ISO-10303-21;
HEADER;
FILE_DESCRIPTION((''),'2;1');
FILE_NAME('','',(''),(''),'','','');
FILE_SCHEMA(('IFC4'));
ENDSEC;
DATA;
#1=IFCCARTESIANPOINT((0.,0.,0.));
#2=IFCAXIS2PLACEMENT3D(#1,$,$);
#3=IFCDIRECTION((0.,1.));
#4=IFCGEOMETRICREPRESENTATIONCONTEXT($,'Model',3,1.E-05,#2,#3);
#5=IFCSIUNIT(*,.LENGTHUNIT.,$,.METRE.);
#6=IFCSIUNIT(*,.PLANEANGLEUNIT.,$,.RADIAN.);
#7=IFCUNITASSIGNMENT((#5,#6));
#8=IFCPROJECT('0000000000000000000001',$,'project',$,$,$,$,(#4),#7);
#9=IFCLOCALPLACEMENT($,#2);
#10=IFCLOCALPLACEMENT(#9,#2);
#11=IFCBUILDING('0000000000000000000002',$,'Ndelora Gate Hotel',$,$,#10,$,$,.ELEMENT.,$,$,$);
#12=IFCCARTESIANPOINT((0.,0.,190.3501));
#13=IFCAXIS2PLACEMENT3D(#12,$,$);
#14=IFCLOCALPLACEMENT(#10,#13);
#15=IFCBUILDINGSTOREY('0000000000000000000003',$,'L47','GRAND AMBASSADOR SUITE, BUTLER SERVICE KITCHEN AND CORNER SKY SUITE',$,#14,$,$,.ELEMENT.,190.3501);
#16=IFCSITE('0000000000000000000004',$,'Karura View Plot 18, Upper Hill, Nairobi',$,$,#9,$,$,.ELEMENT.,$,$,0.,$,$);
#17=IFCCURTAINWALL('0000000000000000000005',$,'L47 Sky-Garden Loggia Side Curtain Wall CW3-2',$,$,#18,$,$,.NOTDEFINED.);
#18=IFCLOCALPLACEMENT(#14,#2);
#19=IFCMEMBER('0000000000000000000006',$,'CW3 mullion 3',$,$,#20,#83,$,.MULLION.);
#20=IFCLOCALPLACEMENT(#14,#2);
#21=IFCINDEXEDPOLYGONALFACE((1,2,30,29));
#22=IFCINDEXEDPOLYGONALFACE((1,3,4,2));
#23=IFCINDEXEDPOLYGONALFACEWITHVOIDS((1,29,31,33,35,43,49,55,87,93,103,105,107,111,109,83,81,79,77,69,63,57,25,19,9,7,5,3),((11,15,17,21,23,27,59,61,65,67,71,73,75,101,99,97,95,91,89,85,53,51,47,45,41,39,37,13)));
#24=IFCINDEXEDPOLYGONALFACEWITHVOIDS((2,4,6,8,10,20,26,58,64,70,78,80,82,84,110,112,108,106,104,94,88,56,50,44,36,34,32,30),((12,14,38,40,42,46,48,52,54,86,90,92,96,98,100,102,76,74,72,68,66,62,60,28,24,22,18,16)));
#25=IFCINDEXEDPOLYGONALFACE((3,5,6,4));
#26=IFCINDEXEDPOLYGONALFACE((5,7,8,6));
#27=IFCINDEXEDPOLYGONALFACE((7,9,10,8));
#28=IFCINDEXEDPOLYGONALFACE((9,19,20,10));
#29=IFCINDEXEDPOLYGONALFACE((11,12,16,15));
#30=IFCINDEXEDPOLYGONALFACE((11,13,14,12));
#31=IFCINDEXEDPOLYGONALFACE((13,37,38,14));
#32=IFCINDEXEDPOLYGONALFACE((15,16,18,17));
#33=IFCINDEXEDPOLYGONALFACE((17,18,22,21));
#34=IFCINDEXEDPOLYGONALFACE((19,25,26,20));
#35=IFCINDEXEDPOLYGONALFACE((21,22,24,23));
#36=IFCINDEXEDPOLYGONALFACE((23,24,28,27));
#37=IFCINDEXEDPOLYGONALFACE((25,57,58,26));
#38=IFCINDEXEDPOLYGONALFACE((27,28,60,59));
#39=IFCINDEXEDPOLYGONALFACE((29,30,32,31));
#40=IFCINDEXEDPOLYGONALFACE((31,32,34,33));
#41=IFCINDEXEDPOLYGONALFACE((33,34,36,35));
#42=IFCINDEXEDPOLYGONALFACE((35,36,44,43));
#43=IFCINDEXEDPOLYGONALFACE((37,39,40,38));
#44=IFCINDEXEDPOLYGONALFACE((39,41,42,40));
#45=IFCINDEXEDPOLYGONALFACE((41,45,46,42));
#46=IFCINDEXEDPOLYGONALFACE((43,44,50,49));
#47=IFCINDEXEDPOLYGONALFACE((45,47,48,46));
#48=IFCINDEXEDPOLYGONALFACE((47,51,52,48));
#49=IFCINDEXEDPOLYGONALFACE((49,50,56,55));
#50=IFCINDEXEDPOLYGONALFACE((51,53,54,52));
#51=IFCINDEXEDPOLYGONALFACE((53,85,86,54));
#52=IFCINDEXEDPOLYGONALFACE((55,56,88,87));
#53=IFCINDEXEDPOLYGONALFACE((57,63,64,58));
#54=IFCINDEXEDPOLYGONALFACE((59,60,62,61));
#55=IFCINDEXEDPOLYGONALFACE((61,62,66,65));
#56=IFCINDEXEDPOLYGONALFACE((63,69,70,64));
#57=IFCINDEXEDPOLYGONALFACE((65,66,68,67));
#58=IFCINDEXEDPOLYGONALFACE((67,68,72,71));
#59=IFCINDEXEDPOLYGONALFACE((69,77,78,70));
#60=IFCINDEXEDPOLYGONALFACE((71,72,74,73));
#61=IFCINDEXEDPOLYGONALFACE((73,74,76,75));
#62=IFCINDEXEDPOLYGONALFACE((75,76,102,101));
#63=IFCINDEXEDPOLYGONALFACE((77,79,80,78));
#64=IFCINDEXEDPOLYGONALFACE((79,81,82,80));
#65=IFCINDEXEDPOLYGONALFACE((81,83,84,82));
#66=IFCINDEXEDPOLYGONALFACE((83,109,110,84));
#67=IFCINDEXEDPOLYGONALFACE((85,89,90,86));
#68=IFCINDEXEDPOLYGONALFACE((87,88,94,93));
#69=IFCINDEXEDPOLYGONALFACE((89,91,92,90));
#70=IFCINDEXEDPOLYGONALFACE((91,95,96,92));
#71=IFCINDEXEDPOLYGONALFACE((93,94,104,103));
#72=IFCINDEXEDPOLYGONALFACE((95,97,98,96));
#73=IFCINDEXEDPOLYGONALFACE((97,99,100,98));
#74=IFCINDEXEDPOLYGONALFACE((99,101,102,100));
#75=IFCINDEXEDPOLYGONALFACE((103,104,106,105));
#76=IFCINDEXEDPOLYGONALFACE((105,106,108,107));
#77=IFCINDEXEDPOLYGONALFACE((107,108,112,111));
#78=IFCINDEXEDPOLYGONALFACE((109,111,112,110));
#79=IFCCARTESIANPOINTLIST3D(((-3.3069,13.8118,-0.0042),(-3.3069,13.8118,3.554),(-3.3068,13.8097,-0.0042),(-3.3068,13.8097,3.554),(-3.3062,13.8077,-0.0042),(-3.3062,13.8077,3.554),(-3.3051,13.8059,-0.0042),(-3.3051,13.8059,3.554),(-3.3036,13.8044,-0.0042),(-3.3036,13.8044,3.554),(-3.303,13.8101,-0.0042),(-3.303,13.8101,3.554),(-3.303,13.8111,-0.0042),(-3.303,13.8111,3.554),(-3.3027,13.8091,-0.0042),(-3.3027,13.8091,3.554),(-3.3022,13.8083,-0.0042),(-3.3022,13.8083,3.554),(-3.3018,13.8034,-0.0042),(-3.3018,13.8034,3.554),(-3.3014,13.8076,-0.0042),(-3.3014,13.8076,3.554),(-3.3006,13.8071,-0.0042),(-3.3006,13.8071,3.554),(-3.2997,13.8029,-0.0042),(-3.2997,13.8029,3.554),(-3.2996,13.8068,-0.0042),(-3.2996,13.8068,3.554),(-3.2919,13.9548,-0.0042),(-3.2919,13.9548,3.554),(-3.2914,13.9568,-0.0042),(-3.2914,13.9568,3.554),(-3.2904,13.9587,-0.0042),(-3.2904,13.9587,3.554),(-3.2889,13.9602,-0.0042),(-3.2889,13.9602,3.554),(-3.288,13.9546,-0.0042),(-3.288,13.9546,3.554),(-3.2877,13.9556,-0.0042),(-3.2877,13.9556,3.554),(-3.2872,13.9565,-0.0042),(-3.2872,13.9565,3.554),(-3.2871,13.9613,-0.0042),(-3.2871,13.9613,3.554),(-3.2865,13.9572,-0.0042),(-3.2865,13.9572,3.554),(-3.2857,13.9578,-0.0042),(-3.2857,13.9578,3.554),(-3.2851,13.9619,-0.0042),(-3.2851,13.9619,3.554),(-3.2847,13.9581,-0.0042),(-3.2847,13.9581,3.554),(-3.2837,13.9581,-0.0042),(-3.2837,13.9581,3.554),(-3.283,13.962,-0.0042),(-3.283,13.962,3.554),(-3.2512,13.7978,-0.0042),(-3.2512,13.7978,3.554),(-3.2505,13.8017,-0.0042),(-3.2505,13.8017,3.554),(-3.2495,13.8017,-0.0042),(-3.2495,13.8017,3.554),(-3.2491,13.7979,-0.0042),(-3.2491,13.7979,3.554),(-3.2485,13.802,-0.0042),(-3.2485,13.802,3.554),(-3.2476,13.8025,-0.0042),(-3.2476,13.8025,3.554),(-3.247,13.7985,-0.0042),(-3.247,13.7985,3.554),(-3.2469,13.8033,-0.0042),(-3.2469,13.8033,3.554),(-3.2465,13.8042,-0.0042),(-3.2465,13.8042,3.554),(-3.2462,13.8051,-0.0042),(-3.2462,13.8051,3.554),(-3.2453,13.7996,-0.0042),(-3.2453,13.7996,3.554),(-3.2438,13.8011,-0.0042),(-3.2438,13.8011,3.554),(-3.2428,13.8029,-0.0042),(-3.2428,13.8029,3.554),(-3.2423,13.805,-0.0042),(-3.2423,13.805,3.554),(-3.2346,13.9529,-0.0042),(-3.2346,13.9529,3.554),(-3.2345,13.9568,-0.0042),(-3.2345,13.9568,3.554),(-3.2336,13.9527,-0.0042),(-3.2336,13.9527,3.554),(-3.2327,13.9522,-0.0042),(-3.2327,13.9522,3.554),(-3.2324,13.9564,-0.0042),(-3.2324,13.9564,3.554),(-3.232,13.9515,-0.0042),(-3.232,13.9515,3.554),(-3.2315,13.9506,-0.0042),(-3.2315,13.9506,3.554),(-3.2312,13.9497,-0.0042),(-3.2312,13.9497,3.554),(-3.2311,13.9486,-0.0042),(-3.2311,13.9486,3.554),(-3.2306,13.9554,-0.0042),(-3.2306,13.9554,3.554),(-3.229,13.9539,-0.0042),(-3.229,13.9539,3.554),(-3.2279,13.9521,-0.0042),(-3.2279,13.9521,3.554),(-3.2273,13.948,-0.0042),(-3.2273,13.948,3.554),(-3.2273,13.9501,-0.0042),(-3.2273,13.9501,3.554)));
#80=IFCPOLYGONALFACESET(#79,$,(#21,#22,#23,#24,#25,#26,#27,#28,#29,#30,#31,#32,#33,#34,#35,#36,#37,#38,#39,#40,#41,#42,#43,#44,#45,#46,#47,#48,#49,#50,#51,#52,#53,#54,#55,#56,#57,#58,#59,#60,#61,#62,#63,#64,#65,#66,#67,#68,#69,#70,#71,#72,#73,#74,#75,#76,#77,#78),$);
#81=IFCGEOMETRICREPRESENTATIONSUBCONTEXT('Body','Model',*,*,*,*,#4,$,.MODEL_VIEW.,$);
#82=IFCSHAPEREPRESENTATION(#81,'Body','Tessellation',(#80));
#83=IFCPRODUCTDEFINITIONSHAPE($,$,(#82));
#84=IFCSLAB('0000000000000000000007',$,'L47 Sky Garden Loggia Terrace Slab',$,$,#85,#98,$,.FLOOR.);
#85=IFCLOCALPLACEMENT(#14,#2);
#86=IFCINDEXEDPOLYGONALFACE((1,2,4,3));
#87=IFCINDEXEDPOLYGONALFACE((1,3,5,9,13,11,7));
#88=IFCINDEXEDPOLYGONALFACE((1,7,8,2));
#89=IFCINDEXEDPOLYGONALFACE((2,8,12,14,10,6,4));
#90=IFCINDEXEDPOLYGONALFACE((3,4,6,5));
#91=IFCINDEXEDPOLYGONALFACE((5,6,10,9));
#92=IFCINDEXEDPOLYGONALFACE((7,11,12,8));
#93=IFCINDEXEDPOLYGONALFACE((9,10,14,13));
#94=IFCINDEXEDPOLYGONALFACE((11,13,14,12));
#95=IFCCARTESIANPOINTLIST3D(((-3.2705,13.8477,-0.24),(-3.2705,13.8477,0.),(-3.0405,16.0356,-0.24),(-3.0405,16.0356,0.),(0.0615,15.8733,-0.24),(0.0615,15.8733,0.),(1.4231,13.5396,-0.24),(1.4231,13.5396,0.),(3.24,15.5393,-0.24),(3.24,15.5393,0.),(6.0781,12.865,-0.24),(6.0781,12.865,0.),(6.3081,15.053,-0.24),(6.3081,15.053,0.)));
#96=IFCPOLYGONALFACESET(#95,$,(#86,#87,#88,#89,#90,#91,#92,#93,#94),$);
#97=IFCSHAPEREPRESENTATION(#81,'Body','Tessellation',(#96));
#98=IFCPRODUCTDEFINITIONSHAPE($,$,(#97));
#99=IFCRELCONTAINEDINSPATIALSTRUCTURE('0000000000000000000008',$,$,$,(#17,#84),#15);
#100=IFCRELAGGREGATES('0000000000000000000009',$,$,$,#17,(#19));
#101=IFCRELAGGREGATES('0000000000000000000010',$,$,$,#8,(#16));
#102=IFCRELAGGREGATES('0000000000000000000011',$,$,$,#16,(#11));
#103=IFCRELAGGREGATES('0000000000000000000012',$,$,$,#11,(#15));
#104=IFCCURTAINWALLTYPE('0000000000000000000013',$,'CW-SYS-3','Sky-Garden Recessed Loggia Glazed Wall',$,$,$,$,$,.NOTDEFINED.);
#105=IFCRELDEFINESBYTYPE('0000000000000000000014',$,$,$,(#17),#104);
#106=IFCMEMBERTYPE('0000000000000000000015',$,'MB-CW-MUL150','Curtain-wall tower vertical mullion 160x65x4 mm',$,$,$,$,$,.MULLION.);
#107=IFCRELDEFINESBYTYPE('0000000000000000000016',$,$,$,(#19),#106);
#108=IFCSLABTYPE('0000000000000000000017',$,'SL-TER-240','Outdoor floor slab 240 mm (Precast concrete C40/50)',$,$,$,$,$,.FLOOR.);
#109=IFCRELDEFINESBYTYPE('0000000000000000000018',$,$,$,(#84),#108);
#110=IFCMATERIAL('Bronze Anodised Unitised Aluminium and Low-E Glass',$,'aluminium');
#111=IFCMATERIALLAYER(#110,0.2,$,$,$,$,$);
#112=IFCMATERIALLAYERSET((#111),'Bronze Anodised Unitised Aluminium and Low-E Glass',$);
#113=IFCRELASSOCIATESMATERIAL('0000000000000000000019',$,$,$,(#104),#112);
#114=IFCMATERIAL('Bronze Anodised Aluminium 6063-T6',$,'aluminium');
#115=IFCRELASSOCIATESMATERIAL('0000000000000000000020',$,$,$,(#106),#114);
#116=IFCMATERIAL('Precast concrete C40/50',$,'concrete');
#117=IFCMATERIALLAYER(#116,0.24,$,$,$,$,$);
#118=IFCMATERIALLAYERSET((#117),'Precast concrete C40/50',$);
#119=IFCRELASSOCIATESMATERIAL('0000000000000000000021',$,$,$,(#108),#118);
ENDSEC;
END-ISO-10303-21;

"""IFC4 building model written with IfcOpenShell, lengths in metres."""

from ifc_helpers import new_model, si_unit, direction, frame, origin, origin_2d, place, context, subcontext, project, spatial, polyline, hollow_rectangle, outline, extrude, material, layer, layer_set, material_profile, profile_set, type_object, element, aggregate, save


model = new_model("IFC4")

# Units and contexts
model_context = context("Model", 3, precision=1e-05, world=origin(), true_north=direction((0.0, 1.0)))
body_context = subcontext(model_context, "Body", "Model", "MODEL_VIEW")
ifc_project = project(units=[si_unit("LENGTHUNIT", "METRE"), si_unit("PLANEANGLEUNIT", "RADIAN")], contexts=[model_context])

# Site, building, storey
site_placement = place(None, origin())
site = spatial("IfcSite", under=ifc_project, at=site_placement, Name="Karura View Plot 18, Upper Hill, Nairobi", CompositionType="ELEMENT", RefElevation=0.0)
building_placement = place(site_placement, origin())
building = spatial("IfcBuilding", under=site, at=building_placement, Name="Ndelora Gate Hotel", CompositionType="ELEMENT")
storey_placement = place(building_placement, frame((0.0, 0.0, 190.3501)))
storey = spatial("IfcBuildingStorey", under=building, at=storey_placement, Name="L47", Description="GRAND AMBASSADOR SUITE, BUTLER SERVICE KITCHEN AND CORNER SKY SUITE", CompositionType="ELEMENT", Elevation=190.3501)

# Curtain wall, member
ifc_material_1 = material(Name="Bronze Anodised Unitised Aluminium and Low-E Glass", Category="aluminium")
ifc_layer_1 = layer(ifc_material_1, 0.2)
ifc_layer_set_1 = layer_set([ifc_layer_1], Name="Bronze Anodised Unitised Aluminium and Low-E Glass")
curtain_wall_type = type_object("IfcCurtainWallType", Name="CW-SYS-3", Description="Sky-Garden Recessed Loggia Glazed Wall", PredefinedType="NOTDEFINED", material=ifc_layer_set_1)
curtain_wall_placement = place(storey_placement, origin())
curtain_wall = element("IfcCurtainWall", 1, at=curtain_wall_placement, inside=storey, type_object=curtain_wall_type, Name="L47 Sky-Garden Loggia Side Curtain Wall CW3-2", PredefinedType="NOTDEFINED")
ifc_material_2 = material(Name="Bronze Anodised Aluminium 6063-T6", Category="aluminium")
ifc_material_profile = material_profile(ifc_material_2, hollow_rectangle(XDim=0.0649, YDim=0.1599, WallThickness=0.0039, InnerFilletRadius=0.0039, OuterFilletRadius=0.0081, at=origin_2d()), Name="ALU 160x65x4")
ifc_profile_set = profile_set([ifc_material_profile], Name="Bronze Anodised Aluminium 6063-T6")
member_type = type_object("IfcMemberType", Name="MB-CW-MUL150", Description="Curtain-wall tower vertical mullion 160x65x4 mm", PredefinedType="MULLION", material=ifc_profile_set)
member_placement = place(storey_placement, frame((-3.2671, 13.8799, -0.0042), z_axis=(0.0, 0.0, 1.0), x_axis=(0.994525, -0.104498, 0.0)))
member = element("IfcMember", 2, at=member_placement, type_object=member_type, Name="CW3 mullion 3", PredefinedType="MULLION", context=body_context, shape_type="SweptSolid", body=[
    extrude(hollow_rectangle(XDim=0.0649, YDim=0.1599, WallThickness=0.0039, InnerFilletRadius=0.0039, OuterFilletRadius=0.0081, at=origin_2d()), origin(), (0.0, 0.0, 1.0), 3.5581),
])
aggregate(curtain_wall, [member])

# Slab
ifc_material_3 = material(Name="Precast concrete C40/50", Category="concrete")
ifc_layer_2 = layer(ifc_material_3, 0.24)
ifc_layer_set_2 = layer_set([ifc_layer_2], Name="Precast concrete C40/50")
slab_type_1 = type_object("IfcSlabType", Name="SL-TER-240", Description="Outdoor floor slab 240 mm (Precast concrete C40/50)", PredefinedType="FLOOR", material=ifc_layer_set_2)
slab_1_placement = place(storey_placement, frame((0.0, 0.0, -0.24)))
element("IfcSlab", 3, at=slab_1_placement, inside=storey, type_object=slab_type_1, Name="L47 Sky Garden Loggia Terrace Slab", PredefinedType="FLOOR", context=body_context, shape_type="SweptSolid", body=[
    extrude(outline(polyline([(6.0781, 12.865), (6.3081, 15.053), (3.24, 15.5393), (0.0615, 15.8733), (-3.0405, 16.0356), (-3.2705, 13.8477), (1.4231, 13.5396), (6.0781, 12.865)])), origin(), (0.0, 0.0, 1.0), 0.24),
])

save(model, "model.ifc")
